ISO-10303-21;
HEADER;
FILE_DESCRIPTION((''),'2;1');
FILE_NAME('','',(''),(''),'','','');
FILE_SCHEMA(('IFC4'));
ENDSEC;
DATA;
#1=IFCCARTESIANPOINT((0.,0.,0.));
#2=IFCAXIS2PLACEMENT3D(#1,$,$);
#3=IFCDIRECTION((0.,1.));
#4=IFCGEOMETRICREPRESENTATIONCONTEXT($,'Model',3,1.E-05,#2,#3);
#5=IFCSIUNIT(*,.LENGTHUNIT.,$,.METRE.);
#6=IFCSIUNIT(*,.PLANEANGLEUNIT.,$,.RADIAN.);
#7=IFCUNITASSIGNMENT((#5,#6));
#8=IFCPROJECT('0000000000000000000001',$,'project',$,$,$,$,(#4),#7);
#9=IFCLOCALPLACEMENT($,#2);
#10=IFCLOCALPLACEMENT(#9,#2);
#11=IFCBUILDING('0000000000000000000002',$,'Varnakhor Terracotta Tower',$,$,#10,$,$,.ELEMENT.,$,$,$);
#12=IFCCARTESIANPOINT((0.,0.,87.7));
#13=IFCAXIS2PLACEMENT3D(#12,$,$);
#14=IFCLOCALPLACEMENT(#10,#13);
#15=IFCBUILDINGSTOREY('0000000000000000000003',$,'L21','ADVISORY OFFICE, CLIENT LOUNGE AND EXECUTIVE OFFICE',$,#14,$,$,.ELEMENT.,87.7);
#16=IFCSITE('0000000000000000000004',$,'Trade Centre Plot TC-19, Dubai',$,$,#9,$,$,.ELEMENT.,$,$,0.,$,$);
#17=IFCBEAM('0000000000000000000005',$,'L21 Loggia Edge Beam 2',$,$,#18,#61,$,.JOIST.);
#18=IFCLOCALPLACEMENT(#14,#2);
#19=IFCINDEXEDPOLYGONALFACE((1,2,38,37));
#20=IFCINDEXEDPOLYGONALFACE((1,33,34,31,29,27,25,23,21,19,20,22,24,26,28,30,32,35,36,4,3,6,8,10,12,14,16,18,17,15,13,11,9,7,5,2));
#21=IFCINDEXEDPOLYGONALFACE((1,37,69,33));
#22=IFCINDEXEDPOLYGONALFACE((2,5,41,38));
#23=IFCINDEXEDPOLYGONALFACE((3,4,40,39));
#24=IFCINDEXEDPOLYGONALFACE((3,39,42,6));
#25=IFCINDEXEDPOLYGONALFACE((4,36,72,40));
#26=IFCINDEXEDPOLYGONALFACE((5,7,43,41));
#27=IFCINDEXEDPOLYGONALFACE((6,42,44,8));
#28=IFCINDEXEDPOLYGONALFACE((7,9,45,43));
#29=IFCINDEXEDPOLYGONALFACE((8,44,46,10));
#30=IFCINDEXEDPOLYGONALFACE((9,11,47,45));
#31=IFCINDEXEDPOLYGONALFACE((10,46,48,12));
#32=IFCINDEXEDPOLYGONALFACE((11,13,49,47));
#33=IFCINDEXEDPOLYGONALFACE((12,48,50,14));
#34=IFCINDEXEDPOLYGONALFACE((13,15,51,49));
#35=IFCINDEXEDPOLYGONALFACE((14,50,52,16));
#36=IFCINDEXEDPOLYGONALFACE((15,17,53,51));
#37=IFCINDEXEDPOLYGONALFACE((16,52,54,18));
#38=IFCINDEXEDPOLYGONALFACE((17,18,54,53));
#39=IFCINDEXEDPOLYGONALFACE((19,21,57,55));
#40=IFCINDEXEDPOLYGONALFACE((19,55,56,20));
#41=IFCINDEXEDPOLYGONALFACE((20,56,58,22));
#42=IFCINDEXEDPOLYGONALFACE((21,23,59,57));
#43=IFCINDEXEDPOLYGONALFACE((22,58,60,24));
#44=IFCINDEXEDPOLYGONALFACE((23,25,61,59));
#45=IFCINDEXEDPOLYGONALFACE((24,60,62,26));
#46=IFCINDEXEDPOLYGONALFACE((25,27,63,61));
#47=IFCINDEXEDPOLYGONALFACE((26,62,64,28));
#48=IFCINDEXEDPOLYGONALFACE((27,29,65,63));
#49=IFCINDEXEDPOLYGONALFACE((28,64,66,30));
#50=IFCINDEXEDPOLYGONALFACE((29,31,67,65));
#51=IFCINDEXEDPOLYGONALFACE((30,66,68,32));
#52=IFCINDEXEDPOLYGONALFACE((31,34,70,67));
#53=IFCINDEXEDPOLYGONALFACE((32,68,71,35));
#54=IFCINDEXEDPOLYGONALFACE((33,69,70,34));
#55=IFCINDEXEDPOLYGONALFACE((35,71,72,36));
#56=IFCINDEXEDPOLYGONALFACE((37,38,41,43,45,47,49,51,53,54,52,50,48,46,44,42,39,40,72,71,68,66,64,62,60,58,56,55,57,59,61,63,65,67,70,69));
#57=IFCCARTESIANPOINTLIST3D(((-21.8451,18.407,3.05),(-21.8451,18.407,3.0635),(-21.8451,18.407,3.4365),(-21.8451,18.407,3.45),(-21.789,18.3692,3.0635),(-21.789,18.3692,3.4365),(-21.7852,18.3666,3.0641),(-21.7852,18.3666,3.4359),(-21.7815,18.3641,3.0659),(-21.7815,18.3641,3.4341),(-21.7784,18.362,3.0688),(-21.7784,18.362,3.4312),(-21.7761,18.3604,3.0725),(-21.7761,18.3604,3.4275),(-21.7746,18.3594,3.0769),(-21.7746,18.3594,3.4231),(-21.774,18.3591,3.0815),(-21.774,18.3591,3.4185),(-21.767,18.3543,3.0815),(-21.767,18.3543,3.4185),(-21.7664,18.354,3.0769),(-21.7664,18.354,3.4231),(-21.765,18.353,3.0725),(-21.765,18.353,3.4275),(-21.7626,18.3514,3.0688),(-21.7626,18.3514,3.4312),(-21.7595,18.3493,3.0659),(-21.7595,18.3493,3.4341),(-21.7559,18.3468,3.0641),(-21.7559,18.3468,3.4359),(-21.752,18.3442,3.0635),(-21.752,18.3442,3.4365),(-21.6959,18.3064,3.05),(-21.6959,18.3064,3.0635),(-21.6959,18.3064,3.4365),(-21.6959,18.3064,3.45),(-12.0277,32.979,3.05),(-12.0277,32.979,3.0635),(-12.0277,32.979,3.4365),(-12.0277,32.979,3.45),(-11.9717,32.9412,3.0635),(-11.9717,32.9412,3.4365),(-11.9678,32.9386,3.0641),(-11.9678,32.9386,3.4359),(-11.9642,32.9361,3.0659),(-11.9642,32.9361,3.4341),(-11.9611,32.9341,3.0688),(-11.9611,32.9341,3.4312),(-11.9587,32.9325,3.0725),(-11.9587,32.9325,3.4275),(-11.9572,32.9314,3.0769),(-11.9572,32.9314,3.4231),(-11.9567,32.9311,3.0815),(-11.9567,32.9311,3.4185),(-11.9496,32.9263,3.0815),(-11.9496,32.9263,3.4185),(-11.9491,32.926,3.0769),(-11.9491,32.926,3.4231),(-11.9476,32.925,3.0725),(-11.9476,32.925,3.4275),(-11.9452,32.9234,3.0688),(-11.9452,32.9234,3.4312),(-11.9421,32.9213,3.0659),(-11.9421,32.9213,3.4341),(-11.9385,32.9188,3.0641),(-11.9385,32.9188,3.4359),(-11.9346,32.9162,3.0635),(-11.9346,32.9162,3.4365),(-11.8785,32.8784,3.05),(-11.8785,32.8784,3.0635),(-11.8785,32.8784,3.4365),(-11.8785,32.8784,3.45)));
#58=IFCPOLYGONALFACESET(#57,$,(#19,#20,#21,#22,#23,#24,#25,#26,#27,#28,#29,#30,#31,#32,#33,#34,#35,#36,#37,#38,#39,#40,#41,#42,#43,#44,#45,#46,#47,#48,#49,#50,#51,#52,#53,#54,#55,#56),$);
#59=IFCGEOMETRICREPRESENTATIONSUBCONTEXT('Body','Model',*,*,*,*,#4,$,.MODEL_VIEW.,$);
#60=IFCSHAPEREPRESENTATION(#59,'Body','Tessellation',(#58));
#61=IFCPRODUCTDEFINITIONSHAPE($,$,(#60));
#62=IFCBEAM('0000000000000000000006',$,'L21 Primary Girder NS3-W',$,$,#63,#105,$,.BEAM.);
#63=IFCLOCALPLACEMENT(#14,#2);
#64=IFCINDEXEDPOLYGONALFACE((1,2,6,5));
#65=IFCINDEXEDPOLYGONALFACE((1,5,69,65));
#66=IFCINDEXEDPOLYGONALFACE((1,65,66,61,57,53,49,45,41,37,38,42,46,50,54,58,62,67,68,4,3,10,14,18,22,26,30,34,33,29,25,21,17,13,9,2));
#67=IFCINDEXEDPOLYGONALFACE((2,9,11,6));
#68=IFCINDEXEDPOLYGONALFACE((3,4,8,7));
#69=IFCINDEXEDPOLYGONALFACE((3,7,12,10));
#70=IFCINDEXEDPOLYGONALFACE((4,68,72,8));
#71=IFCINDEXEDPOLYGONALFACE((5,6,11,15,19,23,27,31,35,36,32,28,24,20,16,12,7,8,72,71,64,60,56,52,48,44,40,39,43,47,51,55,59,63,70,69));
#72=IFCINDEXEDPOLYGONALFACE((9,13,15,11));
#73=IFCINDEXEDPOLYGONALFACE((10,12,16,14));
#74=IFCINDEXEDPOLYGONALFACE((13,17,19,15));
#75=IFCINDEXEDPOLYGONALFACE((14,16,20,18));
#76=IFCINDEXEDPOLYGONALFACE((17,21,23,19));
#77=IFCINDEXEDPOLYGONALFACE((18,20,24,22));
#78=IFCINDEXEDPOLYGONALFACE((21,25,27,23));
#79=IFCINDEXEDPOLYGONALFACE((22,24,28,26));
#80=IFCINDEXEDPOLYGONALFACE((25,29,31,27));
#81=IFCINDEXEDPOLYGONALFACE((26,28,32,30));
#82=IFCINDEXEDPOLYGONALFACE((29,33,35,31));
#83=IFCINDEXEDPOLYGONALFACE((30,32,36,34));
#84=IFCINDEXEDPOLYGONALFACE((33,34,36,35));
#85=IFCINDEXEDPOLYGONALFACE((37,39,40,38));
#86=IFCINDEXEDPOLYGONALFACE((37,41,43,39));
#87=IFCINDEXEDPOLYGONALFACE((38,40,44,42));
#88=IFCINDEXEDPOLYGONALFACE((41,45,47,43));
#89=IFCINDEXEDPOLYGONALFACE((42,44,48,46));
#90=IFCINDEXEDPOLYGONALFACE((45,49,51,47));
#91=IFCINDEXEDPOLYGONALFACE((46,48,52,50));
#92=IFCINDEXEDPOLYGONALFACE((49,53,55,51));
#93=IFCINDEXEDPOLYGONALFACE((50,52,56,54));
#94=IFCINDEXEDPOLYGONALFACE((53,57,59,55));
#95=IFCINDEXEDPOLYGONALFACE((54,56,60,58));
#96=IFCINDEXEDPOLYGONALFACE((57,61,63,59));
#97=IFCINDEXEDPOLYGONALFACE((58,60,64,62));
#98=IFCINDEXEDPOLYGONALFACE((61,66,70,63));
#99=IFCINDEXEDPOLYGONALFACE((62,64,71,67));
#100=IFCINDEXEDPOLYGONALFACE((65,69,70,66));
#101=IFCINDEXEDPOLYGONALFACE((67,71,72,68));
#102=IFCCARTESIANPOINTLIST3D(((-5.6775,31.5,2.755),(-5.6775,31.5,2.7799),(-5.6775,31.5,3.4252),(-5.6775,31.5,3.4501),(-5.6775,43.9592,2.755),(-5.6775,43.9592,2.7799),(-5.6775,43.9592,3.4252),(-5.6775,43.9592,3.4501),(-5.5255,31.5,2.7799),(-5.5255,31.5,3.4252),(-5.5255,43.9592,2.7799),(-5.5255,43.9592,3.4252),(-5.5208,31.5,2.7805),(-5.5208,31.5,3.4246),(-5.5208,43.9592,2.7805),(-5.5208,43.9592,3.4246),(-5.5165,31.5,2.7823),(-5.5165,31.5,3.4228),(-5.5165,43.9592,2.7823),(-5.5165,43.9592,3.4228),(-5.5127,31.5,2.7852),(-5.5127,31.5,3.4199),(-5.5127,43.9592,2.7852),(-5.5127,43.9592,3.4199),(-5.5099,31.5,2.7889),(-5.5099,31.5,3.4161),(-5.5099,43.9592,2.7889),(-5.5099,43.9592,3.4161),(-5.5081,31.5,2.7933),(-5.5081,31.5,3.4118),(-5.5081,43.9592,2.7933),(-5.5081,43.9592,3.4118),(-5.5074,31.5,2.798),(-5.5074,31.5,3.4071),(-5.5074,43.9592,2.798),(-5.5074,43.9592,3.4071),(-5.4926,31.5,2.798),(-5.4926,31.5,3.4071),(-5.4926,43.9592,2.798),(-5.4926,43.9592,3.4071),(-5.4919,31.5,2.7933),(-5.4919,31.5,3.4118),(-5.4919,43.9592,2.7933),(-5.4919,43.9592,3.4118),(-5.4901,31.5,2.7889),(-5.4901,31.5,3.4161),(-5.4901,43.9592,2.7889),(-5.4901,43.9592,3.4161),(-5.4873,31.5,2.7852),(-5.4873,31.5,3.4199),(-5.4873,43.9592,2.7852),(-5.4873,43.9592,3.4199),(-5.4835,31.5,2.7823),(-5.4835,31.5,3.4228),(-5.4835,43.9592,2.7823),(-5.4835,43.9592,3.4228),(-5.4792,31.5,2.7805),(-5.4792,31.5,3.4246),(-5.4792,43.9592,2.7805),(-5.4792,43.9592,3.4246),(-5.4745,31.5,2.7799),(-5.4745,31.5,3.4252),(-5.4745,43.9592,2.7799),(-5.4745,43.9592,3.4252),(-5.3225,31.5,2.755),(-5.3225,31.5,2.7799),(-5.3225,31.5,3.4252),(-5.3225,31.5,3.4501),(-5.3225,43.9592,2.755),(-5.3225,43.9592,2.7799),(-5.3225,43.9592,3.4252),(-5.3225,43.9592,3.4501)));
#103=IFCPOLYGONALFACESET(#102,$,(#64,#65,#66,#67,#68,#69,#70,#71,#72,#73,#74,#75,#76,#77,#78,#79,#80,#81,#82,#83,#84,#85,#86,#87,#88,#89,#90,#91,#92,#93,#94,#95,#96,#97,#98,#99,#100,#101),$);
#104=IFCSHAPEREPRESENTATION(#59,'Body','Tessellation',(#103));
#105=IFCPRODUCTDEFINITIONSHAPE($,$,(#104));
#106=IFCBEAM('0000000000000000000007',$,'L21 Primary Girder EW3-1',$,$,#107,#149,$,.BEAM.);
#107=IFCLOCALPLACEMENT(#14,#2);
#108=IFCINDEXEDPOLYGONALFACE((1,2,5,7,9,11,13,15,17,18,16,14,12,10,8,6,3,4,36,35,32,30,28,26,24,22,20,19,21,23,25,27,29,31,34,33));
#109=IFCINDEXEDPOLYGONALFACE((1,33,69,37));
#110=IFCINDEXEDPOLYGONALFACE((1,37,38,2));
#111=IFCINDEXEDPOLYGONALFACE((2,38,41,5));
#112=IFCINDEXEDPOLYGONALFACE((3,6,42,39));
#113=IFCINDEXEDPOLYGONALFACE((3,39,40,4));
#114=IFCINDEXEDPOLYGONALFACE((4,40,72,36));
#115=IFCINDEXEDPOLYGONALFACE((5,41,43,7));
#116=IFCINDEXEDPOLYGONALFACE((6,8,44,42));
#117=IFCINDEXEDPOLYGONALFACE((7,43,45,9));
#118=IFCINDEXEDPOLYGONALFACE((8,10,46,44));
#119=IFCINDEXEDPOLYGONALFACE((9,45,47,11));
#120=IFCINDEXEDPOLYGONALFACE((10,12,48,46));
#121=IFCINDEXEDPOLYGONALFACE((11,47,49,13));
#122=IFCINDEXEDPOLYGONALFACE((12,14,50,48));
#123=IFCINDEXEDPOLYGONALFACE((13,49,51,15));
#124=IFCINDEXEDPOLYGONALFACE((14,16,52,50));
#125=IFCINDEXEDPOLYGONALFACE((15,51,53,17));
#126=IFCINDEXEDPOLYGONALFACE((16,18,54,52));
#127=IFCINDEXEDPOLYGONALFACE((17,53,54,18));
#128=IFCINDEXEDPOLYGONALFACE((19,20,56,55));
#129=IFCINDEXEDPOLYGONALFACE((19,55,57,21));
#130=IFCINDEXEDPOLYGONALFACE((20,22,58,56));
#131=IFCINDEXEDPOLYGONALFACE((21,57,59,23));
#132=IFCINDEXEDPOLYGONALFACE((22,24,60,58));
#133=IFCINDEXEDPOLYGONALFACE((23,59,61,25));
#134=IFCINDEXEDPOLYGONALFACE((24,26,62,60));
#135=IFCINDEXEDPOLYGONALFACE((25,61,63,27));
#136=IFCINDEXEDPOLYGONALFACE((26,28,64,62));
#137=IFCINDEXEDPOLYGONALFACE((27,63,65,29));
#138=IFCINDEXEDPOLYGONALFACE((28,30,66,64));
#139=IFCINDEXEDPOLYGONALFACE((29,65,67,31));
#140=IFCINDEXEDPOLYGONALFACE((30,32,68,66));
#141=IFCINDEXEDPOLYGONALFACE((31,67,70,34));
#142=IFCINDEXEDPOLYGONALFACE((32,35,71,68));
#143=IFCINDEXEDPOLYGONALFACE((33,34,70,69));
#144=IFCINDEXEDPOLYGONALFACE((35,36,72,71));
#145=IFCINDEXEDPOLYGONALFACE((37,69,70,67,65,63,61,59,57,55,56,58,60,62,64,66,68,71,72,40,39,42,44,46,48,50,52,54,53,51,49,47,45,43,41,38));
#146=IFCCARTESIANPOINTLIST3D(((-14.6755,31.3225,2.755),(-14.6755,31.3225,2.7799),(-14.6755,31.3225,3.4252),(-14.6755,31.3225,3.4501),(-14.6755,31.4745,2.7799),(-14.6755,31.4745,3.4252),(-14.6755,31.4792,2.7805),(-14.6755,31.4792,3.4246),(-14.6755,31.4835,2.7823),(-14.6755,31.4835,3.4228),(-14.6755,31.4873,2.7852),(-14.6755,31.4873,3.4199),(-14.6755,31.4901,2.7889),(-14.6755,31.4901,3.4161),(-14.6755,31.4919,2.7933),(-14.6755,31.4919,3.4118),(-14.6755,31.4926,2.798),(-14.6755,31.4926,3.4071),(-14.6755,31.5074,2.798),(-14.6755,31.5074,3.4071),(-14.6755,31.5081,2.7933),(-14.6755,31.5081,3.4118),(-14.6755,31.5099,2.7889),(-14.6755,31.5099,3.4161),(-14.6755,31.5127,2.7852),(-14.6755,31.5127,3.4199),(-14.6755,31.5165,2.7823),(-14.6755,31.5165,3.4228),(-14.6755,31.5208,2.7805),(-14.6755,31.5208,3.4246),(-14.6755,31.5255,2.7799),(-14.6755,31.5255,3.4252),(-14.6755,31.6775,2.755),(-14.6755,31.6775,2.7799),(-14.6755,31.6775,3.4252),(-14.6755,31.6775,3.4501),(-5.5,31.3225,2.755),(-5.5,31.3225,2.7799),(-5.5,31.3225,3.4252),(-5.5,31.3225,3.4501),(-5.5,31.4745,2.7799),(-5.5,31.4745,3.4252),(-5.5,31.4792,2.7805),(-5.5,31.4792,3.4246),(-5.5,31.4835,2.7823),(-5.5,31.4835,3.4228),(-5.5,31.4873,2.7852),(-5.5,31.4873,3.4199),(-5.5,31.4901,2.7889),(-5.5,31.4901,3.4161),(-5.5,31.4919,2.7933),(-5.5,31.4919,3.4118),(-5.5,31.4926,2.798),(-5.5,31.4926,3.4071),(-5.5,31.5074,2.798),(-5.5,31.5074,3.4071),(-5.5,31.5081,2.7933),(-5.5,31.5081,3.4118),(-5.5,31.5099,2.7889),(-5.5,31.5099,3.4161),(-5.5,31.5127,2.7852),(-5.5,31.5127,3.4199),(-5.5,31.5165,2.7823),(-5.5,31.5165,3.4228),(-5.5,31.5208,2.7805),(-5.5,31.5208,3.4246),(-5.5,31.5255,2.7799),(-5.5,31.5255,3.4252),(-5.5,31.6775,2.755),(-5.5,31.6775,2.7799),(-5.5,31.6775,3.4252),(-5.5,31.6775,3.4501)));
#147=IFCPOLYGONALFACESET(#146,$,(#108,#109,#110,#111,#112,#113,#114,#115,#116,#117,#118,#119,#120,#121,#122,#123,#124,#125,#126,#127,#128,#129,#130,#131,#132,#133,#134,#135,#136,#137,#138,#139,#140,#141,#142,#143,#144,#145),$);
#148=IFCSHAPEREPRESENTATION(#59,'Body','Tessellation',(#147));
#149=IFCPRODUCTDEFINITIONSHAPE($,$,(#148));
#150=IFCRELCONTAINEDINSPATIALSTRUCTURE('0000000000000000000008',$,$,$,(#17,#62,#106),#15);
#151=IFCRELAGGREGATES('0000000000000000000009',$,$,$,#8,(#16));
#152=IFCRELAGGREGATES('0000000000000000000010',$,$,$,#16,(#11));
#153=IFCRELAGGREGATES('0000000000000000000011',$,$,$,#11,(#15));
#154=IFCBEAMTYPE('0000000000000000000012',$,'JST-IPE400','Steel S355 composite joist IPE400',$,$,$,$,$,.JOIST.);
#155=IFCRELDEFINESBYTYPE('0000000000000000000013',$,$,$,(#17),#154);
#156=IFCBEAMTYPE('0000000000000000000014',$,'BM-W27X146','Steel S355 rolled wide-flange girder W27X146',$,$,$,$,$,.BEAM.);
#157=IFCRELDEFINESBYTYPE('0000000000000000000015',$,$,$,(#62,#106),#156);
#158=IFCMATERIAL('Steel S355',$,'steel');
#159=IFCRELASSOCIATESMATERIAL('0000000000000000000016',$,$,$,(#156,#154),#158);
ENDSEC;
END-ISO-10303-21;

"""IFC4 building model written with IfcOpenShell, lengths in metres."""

from ifc_helpers import new_model, si_unit, direction, frame, origin, origin_2d, place, context, subcontext, project, spatial, i_section, extrude, source, transform, mapped, material, material_profile, profile_set, type_object, element, save


model = new_model("IFC4")

# Units and contexts
model_context = context("Model", 3, precision=1e-05, world=origin(), true_north=direction((0.0, 1.0)))
body_context = subcontext(model_context, "Body", "Model", "MODEL_VIEW")
ifc_project = project(units=[si_unit("LENGTHUNIT", "METRE"), si_unit("PLANEANGLEUNIT", "RADIAN")], contexts=[model_context])

# Site, building, storey
site_placement = place(None, origin())
site = spatial("IfcSite", under=ifc_project, at=site_placement, Name="Trade Centre Plot TC-19, Dubai", CompositionType="ELEMENT", RefElevation=0.0)
building_placement = place(site_placement, origin())
building = spatial("IfcBuilding", under=site, at=building_placement, Name="Varnakhor Terracotta Tower", CompositionType="ELEMENT")
storey_placement = place(building_placement, frame((0.0, 0.0, 87.7)))
storey = spatial("IfcBuildingStorey", under=building, at=storey_placement, Name="L21", Description="ADVISORY OFFICE, CLIENT LOUNGE AND EXECUTIVE OFFICE", CompositionType="ELEMENT", Elevation=87.7)

# Beams
ifc_material_1 = material(Name="Steel S355", Category="steel")
ifc_material_profile_1 = material_profile(ifc_material_1, i_section(OverallWidth=0.355, OverallDepth=0.6951, WebThickness=0.0149, FlangeThickness=0.0249, FilletRadius=0.0181, at=origin_2d()), Name="W27X146")
ifc_profile_set_1 = profile_set([ifc_material_profile_1], Name="Steel S355")
beam_type_1 = type_object("IfcBeamType", Name="BM-W27X146", Description="Steel S355 rolled wide-flange girder W27X146", PredefinedType="BEAM", material=ifc_profile_set_1)
ifc_material_profile_2 = material_profile(ifc_material_1, i_section(OverallWidth=0.1799, OverallDepth=0.3999, WebThickness=0.0085, FlangeThickness=0.0134, FilletRadius=0.0181, at=origin_2d()), Name="IPE400")
ifc_profile_set_2 = profile_set([ifc_material_profile_2], Name="Steel S355")
beam_type_2 = type_object("IfcBeamType", Name="JST-IPE400", Description="Steel S355 composite joist IPE400", PredefinedType="JOIST", material=ifc_profile_set_2)
shared_shape_1 = source(origin(), body_context, "Body", "SweptSolid", [
    extrude(i_section(OverallWidth=0.1799, OverallDepth=0.3999, WebThickness=0.0085, FlangeThickness=0.0134, FilletRadius=0.0181, at=origin_2d()), origin(), (0.0, 0.0, 1.0), 17.5706),
])
beam_1_placement = place(storey_placement, frame((-11.9531, 32.9287, 3.25), z_axis=(-0.55874, -0.829343, 0.0), x_axis=(0.829343, -0.55874, 0.0)))
element("IfcBeam", 1, at=beam_1_placement, inside=storey, type_object=beam_type_2, Name="L21 Loggia Edge Beam 2", PredefinedType="JOIST", context=body_context, shape_type="MappedRepresentation", body=[
    mapped(shared_shape_1, transform((0.0, 0.0, 0.0), scale=1.0)),
])
shared_shape_2 = source(origin(), body_context, "Body", "SweptSolid", [
    extrude(i_section(OverallWidth=0.355, OverallDepth=0.6951, WebThickness=0.0149, FlangeThickness=0.0249, FilletRadius=0.0181, at=origin_2d()), origin(), (0.0, 0.0, 1.0), 12.4592),
])
beam_2_placement = place(storey_placement, frame((-5.5, 31.5, 3.1025), z_axis=(0.0, 1.0, 0.0), x_axis=(-1.0, 0.0, 0.0)))
element("IfcBeam", 2, at=beam_2_placement, inside=storey, type_object=beam_type_1, Name="L21 Primary Girder NS3-W", PredefinedType="BEAM", context=body_context, shape_type="MappedRepresentation", body=[
    mapped(shared_shape_2, transform((0.0, 0.0, 0.0), scale=1.0)),
])
shared_shape_3 = source(origin(), body_context, "Body", "SweptSolid", [
    extrude(i_section(OverallWidth=0.355, OverallDepth=0.6951, WebThickness=0.0149, FlangeThickness=0.0249, FilletRadius=0.0181, at=origin_2d()), origin(), (0.0, 0.0, 1.0), 9.1755),
])
beam_3_placement = place(storey_placement, frame((-14.6755, 31.5, 3.1025), z_axis=(1.0, 0.0, 0.0), x_axis=(0.0, 1.0, 0.0)))
element("IfcBeam", 3, at=beam_3_placement, inside=storey, type_object=beam_type_1, Name="L21 Primary Girder EW3-1", PredefinedType="BEAM", context=body_context, shape_type="MappedRepresentation", body=[
    mapped(shared_shape_3, transform((0.0, 0.0, 0.0), scale=1.0)),
])

save(model, "model.ifc")
